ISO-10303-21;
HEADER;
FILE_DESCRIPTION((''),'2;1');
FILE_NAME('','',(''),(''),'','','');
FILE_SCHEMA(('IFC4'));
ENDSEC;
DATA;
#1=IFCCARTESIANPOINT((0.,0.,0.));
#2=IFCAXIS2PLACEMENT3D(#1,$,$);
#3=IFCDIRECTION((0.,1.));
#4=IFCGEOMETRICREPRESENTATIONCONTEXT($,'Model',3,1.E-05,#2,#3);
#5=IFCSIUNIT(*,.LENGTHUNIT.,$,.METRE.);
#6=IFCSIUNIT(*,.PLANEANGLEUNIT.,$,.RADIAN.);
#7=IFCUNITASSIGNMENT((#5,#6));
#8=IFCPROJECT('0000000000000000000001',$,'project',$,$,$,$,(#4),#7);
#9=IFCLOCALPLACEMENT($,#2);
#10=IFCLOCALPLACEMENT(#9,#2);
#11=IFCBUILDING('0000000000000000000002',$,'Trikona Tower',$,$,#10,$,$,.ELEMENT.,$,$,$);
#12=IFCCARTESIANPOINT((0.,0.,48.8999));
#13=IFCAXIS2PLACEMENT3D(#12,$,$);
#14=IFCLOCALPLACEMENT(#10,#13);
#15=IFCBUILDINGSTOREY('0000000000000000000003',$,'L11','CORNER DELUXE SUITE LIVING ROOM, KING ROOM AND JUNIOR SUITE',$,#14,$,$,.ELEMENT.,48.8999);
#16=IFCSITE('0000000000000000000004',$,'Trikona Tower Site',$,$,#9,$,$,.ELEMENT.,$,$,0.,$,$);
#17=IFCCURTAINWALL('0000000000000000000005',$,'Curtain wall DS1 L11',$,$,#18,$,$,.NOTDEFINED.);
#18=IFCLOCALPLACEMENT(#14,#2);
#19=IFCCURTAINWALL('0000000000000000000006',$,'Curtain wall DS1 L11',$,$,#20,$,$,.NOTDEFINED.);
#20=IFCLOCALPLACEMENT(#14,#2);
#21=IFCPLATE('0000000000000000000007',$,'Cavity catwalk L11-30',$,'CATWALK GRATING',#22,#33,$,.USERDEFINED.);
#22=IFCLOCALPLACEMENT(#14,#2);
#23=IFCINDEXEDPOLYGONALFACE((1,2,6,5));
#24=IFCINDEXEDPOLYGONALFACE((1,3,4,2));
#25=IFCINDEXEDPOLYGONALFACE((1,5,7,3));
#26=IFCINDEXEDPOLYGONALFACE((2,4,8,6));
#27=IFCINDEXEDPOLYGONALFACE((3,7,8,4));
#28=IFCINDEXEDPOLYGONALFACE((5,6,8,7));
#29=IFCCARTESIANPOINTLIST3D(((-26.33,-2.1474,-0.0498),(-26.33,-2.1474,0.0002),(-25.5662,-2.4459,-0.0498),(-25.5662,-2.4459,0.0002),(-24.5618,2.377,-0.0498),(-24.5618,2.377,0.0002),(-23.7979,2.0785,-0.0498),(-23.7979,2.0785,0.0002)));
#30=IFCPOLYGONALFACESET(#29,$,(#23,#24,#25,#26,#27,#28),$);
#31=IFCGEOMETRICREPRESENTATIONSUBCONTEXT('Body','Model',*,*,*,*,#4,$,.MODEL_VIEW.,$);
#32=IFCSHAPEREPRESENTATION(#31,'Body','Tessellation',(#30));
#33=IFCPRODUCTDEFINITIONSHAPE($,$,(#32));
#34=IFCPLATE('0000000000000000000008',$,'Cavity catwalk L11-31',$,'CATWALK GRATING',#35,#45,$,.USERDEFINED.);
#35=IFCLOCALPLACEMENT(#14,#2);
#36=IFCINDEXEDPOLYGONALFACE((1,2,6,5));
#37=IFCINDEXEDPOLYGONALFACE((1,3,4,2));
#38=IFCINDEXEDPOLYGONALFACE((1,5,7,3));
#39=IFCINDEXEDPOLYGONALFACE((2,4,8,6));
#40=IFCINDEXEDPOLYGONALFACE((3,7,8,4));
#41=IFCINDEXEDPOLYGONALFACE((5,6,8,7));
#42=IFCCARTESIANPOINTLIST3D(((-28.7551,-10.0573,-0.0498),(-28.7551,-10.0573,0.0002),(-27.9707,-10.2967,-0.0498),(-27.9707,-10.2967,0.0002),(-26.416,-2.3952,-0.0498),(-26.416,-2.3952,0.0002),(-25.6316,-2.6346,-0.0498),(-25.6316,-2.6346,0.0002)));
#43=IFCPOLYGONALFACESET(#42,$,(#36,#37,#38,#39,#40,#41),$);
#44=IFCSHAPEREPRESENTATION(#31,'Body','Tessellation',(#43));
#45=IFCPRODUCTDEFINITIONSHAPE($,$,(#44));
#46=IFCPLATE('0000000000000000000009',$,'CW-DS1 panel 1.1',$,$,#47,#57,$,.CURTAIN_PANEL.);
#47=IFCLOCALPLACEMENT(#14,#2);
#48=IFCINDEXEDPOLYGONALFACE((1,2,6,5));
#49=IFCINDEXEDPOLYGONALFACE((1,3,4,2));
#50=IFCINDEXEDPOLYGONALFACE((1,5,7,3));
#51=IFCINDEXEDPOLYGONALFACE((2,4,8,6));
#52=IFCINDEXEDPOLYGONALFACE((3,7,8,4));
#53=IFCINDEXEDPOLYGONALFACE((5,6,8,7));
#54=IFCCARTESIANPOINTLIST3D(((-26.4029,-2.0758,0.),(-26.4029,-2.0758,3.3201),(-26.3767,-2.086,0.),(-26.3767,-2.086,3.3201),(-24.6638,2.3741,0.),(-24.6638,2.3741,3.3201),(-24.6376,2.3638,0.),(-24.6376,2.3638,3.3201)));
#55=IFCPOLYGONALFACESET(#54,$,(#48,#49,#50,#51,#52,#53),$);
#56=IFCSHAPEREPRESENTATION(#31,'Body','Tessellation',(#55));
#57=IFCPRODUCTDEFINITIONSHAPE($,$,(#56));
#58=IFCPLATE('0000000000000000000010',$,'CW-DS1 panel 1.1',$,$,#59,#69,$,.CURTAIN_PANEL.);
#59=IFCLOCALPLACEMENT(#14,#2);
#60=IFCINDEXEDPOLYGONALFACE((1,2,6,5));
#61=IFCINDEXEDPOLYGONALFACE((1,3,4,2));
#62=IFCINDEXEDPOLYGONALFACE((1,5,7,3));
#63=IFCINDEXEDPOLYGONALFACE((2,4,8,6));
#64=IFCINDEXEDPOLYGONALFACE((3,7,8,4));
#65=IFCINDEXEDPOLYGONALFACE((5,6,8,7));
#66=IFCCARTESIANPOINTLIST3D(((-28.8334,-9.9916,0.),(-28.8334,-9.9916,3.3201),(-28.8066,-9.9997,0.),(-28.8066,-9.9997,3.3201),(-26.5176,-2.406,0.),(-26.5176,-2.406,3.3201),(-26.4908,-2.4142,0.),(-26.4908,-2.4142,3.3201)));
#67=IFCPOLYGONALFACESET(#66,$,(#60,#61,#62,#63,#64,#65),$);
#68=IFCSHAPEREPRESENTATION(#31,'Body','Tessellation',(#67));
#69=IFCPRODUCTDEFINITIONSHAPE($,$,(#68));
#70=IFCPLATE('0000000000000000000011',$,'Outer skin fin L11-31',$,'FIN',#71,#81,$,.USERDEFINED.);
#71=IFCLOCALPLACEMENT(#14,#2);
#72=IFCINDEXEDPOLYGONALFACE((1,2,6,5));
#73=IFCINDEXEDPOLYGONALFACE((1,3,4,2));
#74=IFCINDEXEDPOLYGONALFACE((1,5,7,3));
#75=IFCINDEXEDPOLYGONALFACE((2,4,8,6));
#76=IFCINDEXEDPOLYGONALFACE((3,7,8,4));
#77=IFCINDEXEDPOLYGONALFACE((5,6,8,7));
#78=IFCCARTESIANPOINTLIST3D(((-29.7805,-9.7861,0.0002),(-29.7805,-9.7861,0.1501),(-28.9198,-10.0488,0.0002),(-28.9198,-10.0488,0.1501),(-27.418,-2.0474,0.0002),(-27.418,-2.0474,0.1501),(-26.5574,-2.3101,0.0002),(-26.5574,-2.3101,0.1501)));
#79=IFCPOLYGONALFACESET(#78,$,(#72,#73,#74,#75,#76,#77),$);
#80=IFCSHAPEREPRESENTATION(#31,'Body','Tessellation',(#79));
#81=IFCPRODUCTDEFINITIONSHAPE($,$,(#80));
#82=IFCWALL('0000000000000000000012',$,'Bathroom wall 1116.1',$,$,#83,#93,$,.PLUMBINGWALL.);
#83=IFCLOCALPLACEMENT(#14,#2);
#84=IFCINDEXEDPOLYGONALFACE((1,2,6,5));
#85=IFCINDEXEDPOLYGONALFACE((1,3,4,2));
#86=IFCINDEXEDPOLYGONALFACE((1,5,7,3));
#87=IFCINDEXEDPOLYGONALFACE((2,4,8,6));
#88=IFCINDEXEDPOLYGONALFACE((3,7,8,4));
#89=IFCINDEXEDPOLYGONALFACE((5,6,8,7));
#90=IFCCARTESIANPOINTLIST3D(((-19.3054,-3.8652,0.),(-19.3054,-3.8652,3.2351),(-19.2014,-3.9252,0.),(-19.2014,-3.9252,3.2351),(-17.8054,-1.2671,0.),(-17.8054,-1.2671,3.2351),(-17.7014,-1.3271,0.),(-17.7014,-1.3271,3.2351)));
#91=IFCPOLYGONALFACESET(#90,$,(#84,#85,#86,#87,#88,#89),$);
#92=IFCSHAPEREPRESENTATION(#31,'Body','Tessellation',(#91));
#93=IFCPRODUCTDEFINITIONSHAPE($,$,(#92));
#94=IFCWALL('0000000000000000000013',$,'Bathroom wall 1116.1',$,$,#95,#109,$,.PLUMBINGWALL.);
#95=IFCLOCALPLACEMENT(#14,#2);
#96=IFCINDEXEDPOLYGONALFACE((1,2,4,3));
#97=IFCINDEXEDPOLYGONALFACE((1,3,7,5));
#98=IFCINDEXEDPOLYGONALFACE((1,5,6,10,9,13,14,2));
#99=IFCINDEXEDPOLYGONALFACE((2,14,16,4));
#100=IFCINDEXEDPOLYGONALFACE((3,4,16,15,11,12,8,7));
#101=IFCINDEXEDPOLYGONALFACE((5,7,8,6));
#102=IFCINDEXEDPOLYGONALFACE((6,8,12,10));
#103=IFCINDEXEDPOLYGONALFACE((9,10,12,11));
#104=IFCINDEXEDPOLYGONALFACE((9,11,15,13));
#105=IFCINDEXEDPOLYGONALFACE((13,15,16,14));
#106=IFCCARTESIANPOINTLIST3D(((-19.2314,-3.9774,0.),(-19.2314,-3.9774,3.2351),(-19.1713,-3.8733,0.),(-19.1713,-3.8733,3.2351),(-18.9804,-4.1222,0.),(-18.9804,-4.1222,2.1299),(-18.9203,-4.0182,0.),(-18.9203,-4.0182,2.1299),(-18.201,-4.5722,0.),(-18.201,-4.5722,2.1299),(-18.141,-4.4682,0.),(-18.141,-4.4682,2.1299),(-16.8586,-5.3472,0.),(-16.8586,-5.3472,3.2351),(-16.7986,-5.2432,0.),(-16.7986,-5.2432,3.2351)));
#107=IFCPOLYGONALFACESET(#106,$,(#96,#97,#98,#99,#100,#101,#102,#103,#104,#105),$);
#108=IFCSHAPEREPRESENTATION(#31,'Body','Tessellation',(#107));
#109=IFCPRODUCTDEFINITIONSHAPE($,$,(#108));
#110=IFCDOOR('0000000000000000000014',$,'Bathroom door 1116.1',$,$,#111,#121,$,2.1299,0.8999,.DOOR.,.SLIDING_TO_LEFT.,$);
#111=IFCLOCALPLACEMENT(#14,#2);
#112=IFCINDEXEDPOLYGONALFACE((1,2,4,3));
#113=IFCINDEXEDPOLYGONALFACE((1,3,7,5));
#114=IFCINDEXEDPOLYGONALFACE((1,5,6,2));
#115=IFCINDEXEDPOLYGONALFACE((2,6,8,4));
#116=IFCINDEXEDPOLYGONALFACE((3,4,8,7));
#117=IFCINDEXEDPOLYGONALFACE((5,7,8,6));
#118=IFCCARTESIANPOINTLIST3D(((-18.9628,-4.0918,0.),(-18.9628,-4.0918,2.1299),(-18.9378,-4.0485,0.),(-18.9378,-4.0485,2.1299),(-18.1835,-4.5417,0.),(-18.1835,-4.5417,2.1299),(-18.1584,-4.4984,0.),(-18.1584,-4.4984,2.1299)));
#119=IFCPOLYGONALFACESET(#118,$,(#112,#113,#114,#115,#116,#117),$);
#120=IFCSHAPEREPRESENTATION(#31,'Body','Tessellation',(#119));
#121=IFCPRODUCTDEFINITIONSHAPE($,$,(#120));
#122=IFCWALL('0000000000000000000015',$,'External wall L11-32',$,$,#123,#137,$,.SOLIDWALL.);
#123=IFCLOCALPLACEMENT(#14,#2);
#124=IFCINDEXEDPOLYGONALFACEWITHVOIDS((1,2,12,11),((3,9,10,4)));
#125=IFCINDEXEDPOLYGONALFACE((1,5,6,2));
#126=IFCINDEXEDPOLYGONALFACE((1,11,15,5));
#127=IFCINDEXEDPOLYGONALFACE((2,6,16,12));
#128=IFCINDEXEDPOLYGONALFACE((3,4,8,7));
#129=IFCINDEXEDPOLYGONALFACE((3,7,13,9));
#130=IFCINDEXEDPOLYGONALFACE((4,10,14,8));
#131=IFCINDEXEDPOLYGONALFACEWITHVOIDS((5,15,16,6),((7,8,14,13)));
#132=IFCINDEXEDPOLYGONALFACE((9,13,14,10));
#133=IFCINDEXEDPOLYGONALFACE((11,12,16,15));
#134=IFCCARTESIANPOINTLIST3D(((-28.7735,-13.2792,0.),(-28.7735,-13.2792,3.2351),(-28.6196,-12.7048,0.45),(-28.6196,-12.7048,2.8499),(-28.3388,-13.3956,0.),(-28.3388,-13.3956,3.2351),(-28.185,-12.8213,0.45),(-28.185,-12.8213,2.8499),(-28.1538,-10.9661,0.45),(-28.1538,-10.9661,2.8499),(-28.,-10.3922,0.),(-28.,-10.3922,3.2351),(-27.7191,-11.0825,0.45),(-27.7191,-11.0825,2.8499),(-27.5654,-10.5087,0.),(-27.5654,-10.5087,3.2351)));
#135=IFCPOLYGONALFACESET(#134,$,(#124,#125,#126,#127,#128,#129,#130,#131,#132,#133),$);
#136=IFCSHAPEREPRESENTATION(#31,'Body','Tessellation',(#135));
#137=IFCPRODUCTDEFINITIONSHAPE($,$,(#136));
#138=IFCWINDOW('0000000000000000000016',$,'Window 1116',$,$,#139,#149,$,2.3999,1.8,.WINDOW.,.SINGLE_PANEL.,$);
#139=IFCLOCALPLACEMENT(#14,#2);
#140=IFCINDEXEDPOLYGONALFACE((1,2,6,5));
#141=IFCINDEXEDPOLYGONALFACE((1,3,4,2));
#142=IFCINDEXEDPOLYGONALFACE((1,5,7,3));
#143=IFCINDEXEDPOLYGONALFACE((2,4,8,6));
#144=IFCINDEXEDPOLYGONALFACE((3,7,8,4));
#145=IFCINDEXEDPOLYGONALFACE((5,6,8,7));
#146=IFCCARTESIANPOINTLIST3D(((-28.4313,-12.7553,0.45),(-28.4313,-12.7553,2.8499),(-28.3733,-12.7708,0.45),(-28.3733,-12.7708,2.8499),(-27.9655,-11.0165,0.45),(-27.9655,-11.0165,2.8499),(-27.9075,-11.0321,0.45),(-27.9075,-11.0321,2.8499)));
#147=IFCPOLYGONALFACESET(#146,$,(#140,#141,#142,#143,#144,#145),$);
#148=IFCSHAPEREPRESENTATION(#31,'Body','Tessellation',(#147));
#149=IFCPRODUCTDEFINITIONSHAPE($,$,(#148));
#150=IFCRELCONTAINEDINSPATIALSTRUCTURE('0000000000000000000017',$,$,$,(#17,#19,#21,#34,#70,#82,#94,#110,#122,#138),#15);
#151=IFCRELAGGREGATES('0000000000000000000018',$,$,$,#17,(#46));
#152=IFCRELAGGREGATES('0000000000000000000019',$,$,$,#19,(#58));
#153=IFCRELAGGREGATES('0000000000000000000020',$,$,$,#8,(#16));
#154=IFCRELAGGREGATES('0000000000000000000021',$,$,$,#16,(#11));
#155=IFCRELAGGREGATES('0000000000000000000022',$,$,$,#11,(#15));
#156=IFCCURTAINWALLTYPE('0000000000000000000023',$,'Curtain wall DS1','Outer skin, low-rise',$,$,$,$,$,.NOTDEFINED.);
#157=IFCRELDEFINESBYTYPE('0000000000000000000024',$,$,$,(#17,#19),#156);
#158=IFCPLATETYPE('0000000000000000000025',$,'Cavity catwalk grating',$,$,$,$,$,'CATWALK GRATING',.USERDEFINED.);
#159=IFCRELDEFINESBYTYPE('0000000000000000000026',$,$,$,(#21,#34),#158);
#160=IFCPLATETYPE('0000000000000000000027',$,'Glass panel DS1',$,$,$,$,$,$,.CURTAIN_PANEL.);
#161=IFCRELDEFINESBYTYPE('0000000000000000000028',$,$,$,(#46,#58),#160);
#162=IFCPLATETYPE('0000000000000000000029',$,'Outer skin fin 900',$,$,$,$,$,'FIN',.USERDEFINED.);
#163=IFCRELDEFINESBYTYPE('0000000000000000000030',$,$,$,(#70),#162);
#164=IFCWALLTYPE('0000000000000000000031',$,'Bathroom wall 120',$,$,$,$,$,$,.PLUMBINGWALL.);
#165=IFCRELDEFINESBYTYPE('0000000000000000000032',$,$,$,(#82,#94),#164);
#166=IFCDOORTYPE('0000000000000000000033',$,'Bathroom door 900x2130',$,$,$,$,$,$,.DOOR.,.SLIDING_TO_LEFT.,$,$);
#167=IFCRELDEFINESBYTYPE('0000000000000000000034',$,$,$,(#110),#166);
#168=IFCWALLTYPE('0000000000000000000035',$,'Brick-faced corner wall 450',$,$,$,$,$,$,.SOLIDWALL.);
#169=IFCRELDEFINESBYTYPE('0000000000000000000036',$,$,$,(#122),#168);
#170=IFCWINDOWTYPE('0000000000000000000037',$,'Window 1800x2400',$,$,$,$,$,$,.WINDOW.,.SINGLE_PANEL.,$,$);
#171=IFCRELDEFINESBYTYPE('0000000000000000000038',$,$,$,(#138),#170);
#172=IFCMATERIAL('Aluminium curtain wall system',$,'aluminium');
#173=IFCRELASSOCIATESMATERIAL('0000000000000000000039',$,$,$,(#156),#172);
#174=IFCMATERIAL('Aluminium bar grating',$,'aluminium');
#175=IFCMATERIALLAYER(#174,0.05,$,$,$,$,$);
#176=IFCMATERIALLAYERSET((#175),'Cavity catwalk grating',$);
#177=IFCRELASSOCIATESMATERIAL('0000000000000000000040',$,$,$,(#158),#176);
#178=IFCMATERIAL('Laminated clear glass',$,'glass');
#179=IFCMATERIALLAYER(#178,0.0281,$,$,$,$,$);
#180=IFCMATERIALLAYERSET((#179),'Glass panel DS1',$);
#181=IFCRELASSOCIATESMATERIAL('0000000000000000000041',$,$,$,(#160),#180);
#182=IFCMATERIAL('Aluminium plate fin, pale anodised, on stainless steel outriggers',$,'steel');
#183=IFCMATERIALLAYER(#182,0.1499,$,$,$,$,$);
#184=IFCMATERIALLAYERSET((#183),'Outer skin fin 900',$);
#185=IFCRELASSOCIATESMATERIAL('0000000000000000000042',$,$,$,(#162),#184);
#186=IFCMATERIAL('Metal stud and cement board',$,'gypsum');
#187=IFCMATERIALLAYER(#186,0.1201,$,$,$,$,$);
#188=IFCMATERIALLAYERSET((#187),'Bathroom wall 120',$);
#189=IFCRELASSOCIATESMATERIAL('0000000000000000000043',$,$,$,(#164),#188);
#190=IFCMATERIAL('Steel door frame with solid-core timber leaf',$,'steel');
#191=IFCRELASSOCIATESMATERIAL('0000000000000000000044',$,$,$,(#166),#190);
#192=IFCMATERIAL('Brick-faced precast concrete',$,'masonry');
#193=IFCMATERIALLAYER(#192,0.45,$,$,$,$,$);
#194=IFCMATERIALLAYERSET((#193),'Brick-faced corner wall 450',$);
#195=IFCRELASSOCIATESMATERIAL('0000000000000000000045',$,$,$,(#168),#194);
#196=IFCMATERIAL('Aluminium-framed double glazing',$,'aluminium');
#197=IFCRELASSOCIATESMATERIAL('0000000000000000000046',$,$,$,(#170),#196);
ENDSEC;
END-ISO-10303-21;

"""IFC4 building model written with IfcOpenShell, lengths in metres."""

from ifc_helpers import new_model, si_unit, direction, frame, frame_2d, origin, origin_2d, place, context, subcontext, project, spatial, rectangle, extrude, material, layer, layer_set, type_object, element, fill, aggregate, save


model = new_model("IFC4")

# Units and contexts
model_context = context("Model", 3, precision=1e-05, world=origin(), true_north=direction((0.0, 1.0)))
body_context = subcontext(model_context, "Body", "Model", "MODEL_VIEW")
ifc_project = project(units=[si_unit("LENGTHUNIT", "METRE"), si_unit("PLANEANGLEUNIT", "RADIAN")], contexts=[model_context])

# Site, building, storey
site_placement = place(None, origin())
site = spatial("IfcSite", under=ifc_project, at=site_placement, Name="Trikona Tower Site", CompositionType="ELEMENT", RefElevation=0.0)
building_placement = place(site_placement, origin())
building = spatial("IfcBuilding", under=site, at=building_placement, Name="Trikona Tower", CompositionType="ELEMENT")
storey_placement = place(building_placement, frame((0.0, 0.0, 48.8999)))
storey = spatial("IfcBuildingStorey", under=building, at=storey_placement, Name="L11", Description="CORNER DELUXE SUITE LIVING ROOM, KING ROOM AND JUNIOR SUITE", CompositionType="ELEMENT", Elevation=48.8999)

# Curtain wall
ifc_material_1 = material(Name="Aluminium curtain wall system", Category="aluminium")
curtain_wall_type = type_object("IfcCurtainWallType", Name="Curtain wall DS1", Description="Outer skin, low-rise", PredefinedType="NOTDEFINED", material=ifc_material_1)
curtain_wall_1_placement = place(storey_placement, origin())
curtain_wall_1 = element("IfcCurtainWall", 1, at=curtain_wall_1_placement, inside=storey, type_object=curtain_wall_type, Name="Curtain wall DS1 L11", PredefinedType="NOTDEFINED")

# Curtain wall
curtain_wall_2_placement = place(storey_placement, origin())
curtain_wall_2 = element("IfcCurtainWall", 2, at=curtain_wall_2_placement, inside=storey, type_object=curtain_wall_type, Name="Curtain wall DS1 L11", PredefinedType="NOTDEFINED")

# Plates
ifc_material_2 = material(Name="Aluminium bar grating", Category="aluminium")
ifc_layer_1 = layer(ifc_material_2, 0.05)
ifc_layer_set_1 = layer_set([ifc_layer_1], Name="Cavity catwalk grating")
plate_type_1 = type_object("IfcPlateType", Name="Cavity catwalk grating", ElementType="CATWALK GRATING", PredefinedType="USERDEFINED", material=ifc_layer_set_1)
plate_1_placement = place(storey_placement, frame((-25.064, -0.0344, -0.0498), z_axis=(0.0, 0.0, 1.0), x_axis=(-0.364009, -0.931395, 0.0)))
element("IfcPlate", 3, at=plate_1_placement, inside=storey, type_object=plate_type_1, Name="Cavity catwalk L11-30", ObjectType="CATWALK GRATING", PredefinedType="USERDEFINED", context=body_context, shape_type="SweptSolid", body=[
    extrude(rectangle(XDim=4.8577, YDim=0.8201, at=origin_2d()), origin(), (0.0, 0.0, 1.0), 0.05),
])
plate_2_placement = place(storey_placement, frame((-27.1934, -6.3459, -0.0498), z_axis=(0.0, 0.0, 1.0), x_axis=(-0.291979, -0.956425, 0.0)))
element("IfcPlate", 4, at=plate_2_placement, inside=storey, type_object=plate_type_1, Name="Cavity catwalk L11-31", ObjectType="CATWALK GRATING", PredefinedType="USERDEFINED", context=body_context, shape_type="SweptSolid", body=[
    extrude(rectangle(XDim=8.0112, YDim=0.8201, at=origin_2d()), origin(), (0.0, 0.0, 1.0), 0.05),
])

# Plates
ifc_material_3 = material(Name="Laminated clear glass", Category="glass")
ifc_layer_2 = layer(ifc_material_3, 0.0281)
ifc_layer_set_2 = layer_set([ifc_layer_2], Name="Glass panel DS1")
plate_type_2 = type_object("IfcPlateType", Name="Glass panel DS1", PredefinedType="CURTAIN_PANEL", material=ifc_layer_set_2)
plate_3_placement = place(storey_placement, frame((-25.5203, 0.144, 0.0), z_axis=(0.0, 0.0, 1.0), x_axis=(-0.364008, -0.931396, 0.0)))
plate_3 = element("IfcPlate", 5, at=plate_3_placement, type_object=plate_type_2, Name="CW-DS1 panel 1.1", PredefinedType="CURTAIN_PANEL", context=body_context, shape_type="SweptSolid", body=[
    extrude(rectangle(XDim=4.7776, YDim=0.0281, at=origin_2d()), origin(), (0.0, 0.0, 1.0), 3.3201),
])
aggregate(curtain_wall_1, [plate_3])
plate_4_placement = place(storey_placement, frame((-27.6621, -6.2029, 0.0), z_axis=(0.0, 0.0, 1.0), x_axis=(-0.291984, -0.956423, 0.0)))
plate_4 = element("IfcPlate", 6, at=plate_4_placement, type_object=plate_type_2, Name="CW-DS1 panel 1.1", PredefinedType="CURTAIN_PANEL", context=body_context, shape_type="SweptSolid", body=[
    extrude(rectangle(XDim=7.9312, YDim=0.0281, at=origin_2d()), origin(), (0.0, 0.0, 1.0), 3.3201),
])
aggregate(curtain_wall_2, [plate_4])
ifc_material_4 = material(Name="Aluminium plate fin, pale anodised, on stainless steel outriggers", Category="steel")
ifc_layer_3 = layer(ifc_material_4, 0.1499)
ifc_layer_set_3 = layer_set([ifc_layer_3], Name="Outer skin fin 900")
plate_type_3 = type_object("IfcPlateType", Name="Outer skin fin 900", ElementType="FIN", PredefinedType="USERDEFINED", material=ifc_layer_set_3)
plate_5_placement = place(storey_placement, frame((-28.1689, -6.0481, 0.0002), z_axis=(0.0, 0.0, 1.0), x_axis=(-0.291979, -0.956425, 0.0)))
element("IfcPlate", 7, at=plate_5_placement, inside=storey, type_object=plate_type_3, Name="Outer skin fin L11-31", ObjectType="FIN", PredefinedType="USERDEFINED", context=body_context, shape_type="SweptSolid", body=[
    extrude(rectangle(XDim=8.0913, YDim=0.8999, at=origin_2d()), origin(), (0.0, 0.0, 1.0), 0.1499),
])

# Wall
ifc_material_5 = material(Name="Metal stud and cement board", Category="gypsum")
ifc_layer_4 = layer(ifc_material_5, 0.1201)
ifc_layer_set_4 = layer_set([ifc_layer_4], Name="Bathroom wall 120")
wall_type_1 = type_object("IfcWallType", Name="Bathroom wall 120", PredefinedType="PLUMBINGWALL", material=ifc_layer_set_4)
wall_1_placement = place(storey_placement, frame((-17.7534, -1.2971, 0.0), z_axis=(0.0, 0.0, 1.0), x_axis=(-0.49999, -0.866031, 0.0)))
element("IfcWall", 8, at=wall_1_placement, inside=storey, type_object=wall_type_1, Name="Bathroom wall 1116.1", PredefinedType="PLUMBINGWALL", context=body_context, shape_type="SweptSolid", body=[
    extrude(rectangle(XDim=3.0, YDim=0.1201, at=frame_2d((1.5, 0.0))), origin(), (0.0, 0.0, 1.0), 3.2351),
])

# Wall, opening, door
wall_2_placement = place(storey_placement, frame((-16.8286, -5.2952, 0.0), z_axis=(0.0, 0.0, 1.0), x_axis=(-0.866036, 0.499982, 0.0)))
wall_2 = element("IfcWall", 9, at=wall_2_placement, inside=storey, type_object=wall_type_1, Name="Bathroom wall 1116.1", PredefinedType="PLUMBINGWALL", context=body_context, shape_type="SweptSolid", body=[
    extrude(rectangle(XDim=2.7397, YDim=0.1201, at=frame_2d((1.3699, 0.0))), origin(), (0.0, 0.0, 1.0), 3.2351),
])
opening_1_placement = place(wall_2_placement, frame((1.55, 0.0, 0.0)))
opening_1 = element("IfcOpeningElement", 10, at=opening_1_placement, cuts=wall_2, PredefinedType="OPENING", context=body_context, shape_type="SweptSolid", body=[
    extrude(rectangle(XDim=0.8999, YDim=2.1299, at=frame_2d((0.45, 1.0649))), frame((0.0, 0.0701, 0.0), z_axis=(0.0, -1.0, 0.0), x_axis=(1.0, 0.0, 0.0)), (0.0, 0.0, 1.0), 0.1401),
])
ifc_material_6 = material(Name="Steel door frame with solid-core timber leaf", Category="steel")
door_type_1 = type_object("IfcDoorType", Name="Bathroom door 900x2130", OperationType="SLIDING_TO_LEFT", PredefinedType="DOOR", material=ifc_material_6)
door_1_placement = place(opening_1_placement, origin())
door_1 = element("IfcDoor", 11, at=door_1_placement, inside=storey, type_object=door_type_1, Name="Bathroom door 1116.1", OperationType="SLIDING_TO_LEFT", OverallHeight=2.1299, OverallWidth=0.8999, PredefinedType="DOOR", context=body_context, shape_type="SweptSolid", body=[
    extrude(rectangle(XDim=0.8999, YDim=2.1299, at=frame_2d((0.45, 1.0649))), frame((0.0, 0.0249, 0.0), z_axis=(0.0, -1.0, 0.0), x_axis=(1.0, 0.0, 0.0)), (0.0, 0.0, 1.0), 0.05),
])
fill(opening_1, door_1)

# Wall, opening, window
ifc_material_7 = material(Name="Brick-faced precast concrete", Category="masonry")
ifc_layer_5 = layer(ifc_material_7, 0.45)
ifc_layer_set_5 = layer_set([ifc_layer_5], Name="Brick-faced corner wall 450")
wall_type_2 = type_object("IfcWallType", Name="Brick-faced corner wall 450", PredefinedType="SOLIDWALL", material=ifc_layer_set_5)
wall_3_placement = place(storey_placement, frame((-27.7827, -10.4504, 0.0), z_axis=(0.0, 0.0, 1.0), x_axis=(-0.258781, -0.965936, 0.0)))
wall_3 = element("IfcWall", 12, at=wall_3_placement, inside=storey, type_object=wall_type_2, Name="External wall L11-32", PredefinedType="SOLIDWALL", context=body_context, shape_type="SweptSolid", body=[
    extrude(rectangle(XDim=2.9888, YDim=0.45, at=frame_2d((1.4944, 0.0))), origin(), (0.0, 0.0, 1.0), 3.2351),
])
opening_2_placement = place(wall_3_placement, frame((0.5942, 0.0, 0.45)))
opening_2 = element("IfcOpeningElement", 13, at=opening_2_placement, cuts=wall_3, PredefinedType="OPENING", context=body_context, shape_type="SweptSolid", body=[
    extrude(rectangle(XDim=1.8, YDim=2.3999, at=frame_2d((0.8999, 1.2))), frame((0.0, 0.2349, 0.0), z_axis=(0.0, -1.0, 0.0), x_axis=(1.0, 0.0, 0.0)), (0.0, 0.0, 1.0), 0.47),
])
ifc_material_8 = material(Name="Aluminium-framed double glazing", Category="aluminium")
window_type_1 = type_object("IfcWindowType", Name="Window 1800x2400", PartitioningType="SINGLE_PANEL", PredefinedType="WINDOW", material=ifc_material_8)
window_1_placement = place(opening_2_placement, origin())
window_1 = element("IfcWindow", 14, at=window_1_placement, inside=storey, type_object=window_type_1, Name="Window 1116", OverallHeight=2.3999, OverallWidth=1.8, PartitioningType="SINGLE_PANEL", PredefinedType="WINDOW", context=body_context, shape_type="SweptSolid", body=[
    extrude(rectangle(XDim=1.8, YDim=2.3999, at=frame_2d((0.8999, 1.2))), frame((0.0, 0.03, 0.0), z_axis=(0.0, -1.0, 0.0), x_axis=(1.0, 0.0, 0.0)), (0.0, 0.0, 1.0), 0.0601),
])
fill(opening_2, window_1)

save(model, "model.ifc")
